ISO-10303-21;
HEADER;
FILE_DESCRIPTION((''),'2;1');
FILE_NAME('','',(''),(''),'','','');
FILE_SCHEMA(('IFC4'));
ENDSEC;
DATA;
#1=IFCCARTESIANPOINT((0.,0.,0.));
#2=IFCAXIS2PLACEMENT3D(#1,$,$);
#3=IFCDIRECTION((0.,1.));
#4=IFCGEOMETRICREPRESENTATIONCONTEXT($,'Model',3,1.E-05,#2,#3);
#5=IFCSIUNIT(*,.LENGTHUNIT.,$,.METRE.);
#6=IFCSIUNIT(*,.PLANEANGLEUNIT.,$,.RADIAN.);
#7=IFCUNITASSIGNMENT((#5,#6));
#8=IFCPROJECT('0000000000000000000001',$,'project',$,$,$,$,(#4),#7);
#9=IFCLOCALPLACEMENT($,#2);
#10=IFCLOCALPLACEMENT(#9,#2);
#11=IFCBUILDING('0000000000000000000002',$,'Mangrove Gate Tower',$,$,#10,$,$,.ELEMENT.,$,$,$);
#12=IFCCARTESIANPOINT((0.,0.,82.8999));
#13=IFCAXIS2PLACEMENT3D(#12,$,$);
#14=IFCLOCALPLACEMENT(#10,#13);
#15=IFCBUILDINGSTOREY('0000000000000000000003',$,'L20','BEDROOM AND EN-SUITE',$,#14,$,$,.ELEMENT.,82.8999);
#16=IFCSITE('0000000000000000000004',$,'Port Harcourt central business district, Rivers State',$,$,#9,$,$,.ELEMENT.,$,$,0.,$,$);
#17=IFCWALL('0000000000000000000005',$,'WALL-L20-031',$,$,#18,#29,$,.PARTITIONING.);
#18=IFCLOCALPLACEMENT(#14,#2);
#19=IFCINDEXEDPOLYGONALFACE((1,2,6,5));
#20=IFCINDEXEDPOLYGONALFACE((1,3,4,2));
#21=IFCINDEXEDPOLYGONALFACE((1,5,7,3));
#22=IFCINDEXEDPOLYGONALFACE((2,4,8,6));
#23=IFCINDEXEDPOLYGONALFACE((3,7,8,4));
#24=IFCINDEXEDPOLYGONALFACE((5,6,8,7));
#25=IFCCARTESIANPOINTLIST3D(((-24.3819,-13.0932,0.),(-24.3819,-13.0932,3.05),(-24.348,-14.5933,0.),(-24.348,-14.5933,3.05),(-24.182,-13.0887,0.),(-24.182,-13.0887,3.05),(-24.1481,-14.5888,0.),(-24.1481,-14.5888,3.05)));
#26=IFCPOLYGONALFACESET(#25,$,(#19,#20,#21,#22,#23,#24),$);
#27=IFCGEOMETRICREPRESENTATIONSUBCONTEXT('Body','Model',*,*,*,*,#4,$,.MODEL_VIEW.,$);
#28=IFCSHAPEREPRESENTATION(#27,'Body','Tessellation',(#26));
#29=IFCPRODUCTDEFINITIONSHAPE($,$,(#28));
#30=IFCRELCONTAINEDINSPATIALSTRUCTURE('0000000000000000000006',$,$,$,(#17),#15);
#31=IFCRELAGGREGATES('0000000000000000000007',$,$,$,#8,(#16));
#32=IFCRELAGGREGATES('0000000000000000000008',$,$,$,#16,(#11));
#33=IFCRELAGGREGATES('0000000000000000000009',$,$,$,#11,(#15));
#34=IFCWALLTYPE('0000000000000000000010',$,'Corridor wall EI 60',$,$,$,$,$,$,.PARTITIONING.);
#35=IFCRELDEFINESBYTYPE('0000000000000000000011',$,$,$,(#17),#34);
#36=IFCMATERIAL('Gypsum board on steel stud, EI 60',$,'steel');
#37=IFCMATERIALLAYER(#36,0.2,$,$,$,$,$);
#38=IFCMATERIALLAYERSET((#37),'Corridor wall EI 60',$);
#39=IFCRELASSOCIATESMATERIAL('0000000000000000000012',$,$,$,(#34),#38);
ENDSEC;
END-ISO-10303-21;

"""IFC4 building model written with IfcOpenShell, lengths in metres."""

from ifc_helpers import new_model, si_unit, direction, frame, frame_2d, origin, place, context, subcontext, project, spatial, rectangle, extrude, material, layer, layer_set, type_object, element, save


model = new_model("IFC4")

# Units and contexts
model_context = context("Model", 3, precision=1e-05, world=origin(), true_north=direction((0.0, 1.0)))
body_context = subcontext(model_context, "Body", "Model", "MODEL_VIEW")
ifc_project = project(units=[si_unit("LENGTHUNIT", "METRE"), si_unit("PLANEANGLEUNIT", "RADIAN")], contexts=[model_context])

# Site, building, storey
site_placement = place(None, origin())
site = spatial("IfcSite", under=ifc_project, at=site_placement, Name="Port Harcourt central business district, Rivers State", CompositionType="ELEMENT", RefElevation=0.0)
building_placement = place(site_placement, origin())
building = spatial("IfcBuilding", under=site, at=building_placement, Name="Mangrove Gate Tower", CompositionType="ELEMENT")
storey_placement = place(building_placement, frame((0.0, 0.0, 82.8999)))
storey = spatial("IfcBuildingStorey", under=building, at=storey_placement, Name="L20", Description="BEDROOM AND EN-SUITE", CompositionType="ELEMENT", Elevation=82.8999)

# Wall
ifc_material_1 = material(Name="Gypsum board on steel stud, EI 60", Category="steel")
ifc_layer = layer(ifc_material_1, 0.2)
ifc_layer_set = layer_set([ifc_layer], Name="Corridor wall EI 60")
wall_type = type_object("IfcWallType", Name="Corridor wall EI 60", PredefinedType="PARTITIONING", material=ifc_layer_set)
wall_1_placement = place(storey_placement, frame((-24.248, -14.5911, 0.0), z_axis=(0.0, 0.0, 1.0), x_axis=(-0.022618, 0.999744, 0.0)))
element("IfcWall", 1, at=wall_1_placement, inside=storey, type_object=wall_type, Name="WALL-L20-031", PredefinedType="PARTITIONING", context=body_context, shape_type="SweptSolid", body=[
    extrude(rectangle(XDim=1.5005, YDim=0.2, at=frame_2d((0.7502, 0.0))), origin(), (0.0, 0.0, 1.0), 3.05),
])

save(model, "model.ifc")
